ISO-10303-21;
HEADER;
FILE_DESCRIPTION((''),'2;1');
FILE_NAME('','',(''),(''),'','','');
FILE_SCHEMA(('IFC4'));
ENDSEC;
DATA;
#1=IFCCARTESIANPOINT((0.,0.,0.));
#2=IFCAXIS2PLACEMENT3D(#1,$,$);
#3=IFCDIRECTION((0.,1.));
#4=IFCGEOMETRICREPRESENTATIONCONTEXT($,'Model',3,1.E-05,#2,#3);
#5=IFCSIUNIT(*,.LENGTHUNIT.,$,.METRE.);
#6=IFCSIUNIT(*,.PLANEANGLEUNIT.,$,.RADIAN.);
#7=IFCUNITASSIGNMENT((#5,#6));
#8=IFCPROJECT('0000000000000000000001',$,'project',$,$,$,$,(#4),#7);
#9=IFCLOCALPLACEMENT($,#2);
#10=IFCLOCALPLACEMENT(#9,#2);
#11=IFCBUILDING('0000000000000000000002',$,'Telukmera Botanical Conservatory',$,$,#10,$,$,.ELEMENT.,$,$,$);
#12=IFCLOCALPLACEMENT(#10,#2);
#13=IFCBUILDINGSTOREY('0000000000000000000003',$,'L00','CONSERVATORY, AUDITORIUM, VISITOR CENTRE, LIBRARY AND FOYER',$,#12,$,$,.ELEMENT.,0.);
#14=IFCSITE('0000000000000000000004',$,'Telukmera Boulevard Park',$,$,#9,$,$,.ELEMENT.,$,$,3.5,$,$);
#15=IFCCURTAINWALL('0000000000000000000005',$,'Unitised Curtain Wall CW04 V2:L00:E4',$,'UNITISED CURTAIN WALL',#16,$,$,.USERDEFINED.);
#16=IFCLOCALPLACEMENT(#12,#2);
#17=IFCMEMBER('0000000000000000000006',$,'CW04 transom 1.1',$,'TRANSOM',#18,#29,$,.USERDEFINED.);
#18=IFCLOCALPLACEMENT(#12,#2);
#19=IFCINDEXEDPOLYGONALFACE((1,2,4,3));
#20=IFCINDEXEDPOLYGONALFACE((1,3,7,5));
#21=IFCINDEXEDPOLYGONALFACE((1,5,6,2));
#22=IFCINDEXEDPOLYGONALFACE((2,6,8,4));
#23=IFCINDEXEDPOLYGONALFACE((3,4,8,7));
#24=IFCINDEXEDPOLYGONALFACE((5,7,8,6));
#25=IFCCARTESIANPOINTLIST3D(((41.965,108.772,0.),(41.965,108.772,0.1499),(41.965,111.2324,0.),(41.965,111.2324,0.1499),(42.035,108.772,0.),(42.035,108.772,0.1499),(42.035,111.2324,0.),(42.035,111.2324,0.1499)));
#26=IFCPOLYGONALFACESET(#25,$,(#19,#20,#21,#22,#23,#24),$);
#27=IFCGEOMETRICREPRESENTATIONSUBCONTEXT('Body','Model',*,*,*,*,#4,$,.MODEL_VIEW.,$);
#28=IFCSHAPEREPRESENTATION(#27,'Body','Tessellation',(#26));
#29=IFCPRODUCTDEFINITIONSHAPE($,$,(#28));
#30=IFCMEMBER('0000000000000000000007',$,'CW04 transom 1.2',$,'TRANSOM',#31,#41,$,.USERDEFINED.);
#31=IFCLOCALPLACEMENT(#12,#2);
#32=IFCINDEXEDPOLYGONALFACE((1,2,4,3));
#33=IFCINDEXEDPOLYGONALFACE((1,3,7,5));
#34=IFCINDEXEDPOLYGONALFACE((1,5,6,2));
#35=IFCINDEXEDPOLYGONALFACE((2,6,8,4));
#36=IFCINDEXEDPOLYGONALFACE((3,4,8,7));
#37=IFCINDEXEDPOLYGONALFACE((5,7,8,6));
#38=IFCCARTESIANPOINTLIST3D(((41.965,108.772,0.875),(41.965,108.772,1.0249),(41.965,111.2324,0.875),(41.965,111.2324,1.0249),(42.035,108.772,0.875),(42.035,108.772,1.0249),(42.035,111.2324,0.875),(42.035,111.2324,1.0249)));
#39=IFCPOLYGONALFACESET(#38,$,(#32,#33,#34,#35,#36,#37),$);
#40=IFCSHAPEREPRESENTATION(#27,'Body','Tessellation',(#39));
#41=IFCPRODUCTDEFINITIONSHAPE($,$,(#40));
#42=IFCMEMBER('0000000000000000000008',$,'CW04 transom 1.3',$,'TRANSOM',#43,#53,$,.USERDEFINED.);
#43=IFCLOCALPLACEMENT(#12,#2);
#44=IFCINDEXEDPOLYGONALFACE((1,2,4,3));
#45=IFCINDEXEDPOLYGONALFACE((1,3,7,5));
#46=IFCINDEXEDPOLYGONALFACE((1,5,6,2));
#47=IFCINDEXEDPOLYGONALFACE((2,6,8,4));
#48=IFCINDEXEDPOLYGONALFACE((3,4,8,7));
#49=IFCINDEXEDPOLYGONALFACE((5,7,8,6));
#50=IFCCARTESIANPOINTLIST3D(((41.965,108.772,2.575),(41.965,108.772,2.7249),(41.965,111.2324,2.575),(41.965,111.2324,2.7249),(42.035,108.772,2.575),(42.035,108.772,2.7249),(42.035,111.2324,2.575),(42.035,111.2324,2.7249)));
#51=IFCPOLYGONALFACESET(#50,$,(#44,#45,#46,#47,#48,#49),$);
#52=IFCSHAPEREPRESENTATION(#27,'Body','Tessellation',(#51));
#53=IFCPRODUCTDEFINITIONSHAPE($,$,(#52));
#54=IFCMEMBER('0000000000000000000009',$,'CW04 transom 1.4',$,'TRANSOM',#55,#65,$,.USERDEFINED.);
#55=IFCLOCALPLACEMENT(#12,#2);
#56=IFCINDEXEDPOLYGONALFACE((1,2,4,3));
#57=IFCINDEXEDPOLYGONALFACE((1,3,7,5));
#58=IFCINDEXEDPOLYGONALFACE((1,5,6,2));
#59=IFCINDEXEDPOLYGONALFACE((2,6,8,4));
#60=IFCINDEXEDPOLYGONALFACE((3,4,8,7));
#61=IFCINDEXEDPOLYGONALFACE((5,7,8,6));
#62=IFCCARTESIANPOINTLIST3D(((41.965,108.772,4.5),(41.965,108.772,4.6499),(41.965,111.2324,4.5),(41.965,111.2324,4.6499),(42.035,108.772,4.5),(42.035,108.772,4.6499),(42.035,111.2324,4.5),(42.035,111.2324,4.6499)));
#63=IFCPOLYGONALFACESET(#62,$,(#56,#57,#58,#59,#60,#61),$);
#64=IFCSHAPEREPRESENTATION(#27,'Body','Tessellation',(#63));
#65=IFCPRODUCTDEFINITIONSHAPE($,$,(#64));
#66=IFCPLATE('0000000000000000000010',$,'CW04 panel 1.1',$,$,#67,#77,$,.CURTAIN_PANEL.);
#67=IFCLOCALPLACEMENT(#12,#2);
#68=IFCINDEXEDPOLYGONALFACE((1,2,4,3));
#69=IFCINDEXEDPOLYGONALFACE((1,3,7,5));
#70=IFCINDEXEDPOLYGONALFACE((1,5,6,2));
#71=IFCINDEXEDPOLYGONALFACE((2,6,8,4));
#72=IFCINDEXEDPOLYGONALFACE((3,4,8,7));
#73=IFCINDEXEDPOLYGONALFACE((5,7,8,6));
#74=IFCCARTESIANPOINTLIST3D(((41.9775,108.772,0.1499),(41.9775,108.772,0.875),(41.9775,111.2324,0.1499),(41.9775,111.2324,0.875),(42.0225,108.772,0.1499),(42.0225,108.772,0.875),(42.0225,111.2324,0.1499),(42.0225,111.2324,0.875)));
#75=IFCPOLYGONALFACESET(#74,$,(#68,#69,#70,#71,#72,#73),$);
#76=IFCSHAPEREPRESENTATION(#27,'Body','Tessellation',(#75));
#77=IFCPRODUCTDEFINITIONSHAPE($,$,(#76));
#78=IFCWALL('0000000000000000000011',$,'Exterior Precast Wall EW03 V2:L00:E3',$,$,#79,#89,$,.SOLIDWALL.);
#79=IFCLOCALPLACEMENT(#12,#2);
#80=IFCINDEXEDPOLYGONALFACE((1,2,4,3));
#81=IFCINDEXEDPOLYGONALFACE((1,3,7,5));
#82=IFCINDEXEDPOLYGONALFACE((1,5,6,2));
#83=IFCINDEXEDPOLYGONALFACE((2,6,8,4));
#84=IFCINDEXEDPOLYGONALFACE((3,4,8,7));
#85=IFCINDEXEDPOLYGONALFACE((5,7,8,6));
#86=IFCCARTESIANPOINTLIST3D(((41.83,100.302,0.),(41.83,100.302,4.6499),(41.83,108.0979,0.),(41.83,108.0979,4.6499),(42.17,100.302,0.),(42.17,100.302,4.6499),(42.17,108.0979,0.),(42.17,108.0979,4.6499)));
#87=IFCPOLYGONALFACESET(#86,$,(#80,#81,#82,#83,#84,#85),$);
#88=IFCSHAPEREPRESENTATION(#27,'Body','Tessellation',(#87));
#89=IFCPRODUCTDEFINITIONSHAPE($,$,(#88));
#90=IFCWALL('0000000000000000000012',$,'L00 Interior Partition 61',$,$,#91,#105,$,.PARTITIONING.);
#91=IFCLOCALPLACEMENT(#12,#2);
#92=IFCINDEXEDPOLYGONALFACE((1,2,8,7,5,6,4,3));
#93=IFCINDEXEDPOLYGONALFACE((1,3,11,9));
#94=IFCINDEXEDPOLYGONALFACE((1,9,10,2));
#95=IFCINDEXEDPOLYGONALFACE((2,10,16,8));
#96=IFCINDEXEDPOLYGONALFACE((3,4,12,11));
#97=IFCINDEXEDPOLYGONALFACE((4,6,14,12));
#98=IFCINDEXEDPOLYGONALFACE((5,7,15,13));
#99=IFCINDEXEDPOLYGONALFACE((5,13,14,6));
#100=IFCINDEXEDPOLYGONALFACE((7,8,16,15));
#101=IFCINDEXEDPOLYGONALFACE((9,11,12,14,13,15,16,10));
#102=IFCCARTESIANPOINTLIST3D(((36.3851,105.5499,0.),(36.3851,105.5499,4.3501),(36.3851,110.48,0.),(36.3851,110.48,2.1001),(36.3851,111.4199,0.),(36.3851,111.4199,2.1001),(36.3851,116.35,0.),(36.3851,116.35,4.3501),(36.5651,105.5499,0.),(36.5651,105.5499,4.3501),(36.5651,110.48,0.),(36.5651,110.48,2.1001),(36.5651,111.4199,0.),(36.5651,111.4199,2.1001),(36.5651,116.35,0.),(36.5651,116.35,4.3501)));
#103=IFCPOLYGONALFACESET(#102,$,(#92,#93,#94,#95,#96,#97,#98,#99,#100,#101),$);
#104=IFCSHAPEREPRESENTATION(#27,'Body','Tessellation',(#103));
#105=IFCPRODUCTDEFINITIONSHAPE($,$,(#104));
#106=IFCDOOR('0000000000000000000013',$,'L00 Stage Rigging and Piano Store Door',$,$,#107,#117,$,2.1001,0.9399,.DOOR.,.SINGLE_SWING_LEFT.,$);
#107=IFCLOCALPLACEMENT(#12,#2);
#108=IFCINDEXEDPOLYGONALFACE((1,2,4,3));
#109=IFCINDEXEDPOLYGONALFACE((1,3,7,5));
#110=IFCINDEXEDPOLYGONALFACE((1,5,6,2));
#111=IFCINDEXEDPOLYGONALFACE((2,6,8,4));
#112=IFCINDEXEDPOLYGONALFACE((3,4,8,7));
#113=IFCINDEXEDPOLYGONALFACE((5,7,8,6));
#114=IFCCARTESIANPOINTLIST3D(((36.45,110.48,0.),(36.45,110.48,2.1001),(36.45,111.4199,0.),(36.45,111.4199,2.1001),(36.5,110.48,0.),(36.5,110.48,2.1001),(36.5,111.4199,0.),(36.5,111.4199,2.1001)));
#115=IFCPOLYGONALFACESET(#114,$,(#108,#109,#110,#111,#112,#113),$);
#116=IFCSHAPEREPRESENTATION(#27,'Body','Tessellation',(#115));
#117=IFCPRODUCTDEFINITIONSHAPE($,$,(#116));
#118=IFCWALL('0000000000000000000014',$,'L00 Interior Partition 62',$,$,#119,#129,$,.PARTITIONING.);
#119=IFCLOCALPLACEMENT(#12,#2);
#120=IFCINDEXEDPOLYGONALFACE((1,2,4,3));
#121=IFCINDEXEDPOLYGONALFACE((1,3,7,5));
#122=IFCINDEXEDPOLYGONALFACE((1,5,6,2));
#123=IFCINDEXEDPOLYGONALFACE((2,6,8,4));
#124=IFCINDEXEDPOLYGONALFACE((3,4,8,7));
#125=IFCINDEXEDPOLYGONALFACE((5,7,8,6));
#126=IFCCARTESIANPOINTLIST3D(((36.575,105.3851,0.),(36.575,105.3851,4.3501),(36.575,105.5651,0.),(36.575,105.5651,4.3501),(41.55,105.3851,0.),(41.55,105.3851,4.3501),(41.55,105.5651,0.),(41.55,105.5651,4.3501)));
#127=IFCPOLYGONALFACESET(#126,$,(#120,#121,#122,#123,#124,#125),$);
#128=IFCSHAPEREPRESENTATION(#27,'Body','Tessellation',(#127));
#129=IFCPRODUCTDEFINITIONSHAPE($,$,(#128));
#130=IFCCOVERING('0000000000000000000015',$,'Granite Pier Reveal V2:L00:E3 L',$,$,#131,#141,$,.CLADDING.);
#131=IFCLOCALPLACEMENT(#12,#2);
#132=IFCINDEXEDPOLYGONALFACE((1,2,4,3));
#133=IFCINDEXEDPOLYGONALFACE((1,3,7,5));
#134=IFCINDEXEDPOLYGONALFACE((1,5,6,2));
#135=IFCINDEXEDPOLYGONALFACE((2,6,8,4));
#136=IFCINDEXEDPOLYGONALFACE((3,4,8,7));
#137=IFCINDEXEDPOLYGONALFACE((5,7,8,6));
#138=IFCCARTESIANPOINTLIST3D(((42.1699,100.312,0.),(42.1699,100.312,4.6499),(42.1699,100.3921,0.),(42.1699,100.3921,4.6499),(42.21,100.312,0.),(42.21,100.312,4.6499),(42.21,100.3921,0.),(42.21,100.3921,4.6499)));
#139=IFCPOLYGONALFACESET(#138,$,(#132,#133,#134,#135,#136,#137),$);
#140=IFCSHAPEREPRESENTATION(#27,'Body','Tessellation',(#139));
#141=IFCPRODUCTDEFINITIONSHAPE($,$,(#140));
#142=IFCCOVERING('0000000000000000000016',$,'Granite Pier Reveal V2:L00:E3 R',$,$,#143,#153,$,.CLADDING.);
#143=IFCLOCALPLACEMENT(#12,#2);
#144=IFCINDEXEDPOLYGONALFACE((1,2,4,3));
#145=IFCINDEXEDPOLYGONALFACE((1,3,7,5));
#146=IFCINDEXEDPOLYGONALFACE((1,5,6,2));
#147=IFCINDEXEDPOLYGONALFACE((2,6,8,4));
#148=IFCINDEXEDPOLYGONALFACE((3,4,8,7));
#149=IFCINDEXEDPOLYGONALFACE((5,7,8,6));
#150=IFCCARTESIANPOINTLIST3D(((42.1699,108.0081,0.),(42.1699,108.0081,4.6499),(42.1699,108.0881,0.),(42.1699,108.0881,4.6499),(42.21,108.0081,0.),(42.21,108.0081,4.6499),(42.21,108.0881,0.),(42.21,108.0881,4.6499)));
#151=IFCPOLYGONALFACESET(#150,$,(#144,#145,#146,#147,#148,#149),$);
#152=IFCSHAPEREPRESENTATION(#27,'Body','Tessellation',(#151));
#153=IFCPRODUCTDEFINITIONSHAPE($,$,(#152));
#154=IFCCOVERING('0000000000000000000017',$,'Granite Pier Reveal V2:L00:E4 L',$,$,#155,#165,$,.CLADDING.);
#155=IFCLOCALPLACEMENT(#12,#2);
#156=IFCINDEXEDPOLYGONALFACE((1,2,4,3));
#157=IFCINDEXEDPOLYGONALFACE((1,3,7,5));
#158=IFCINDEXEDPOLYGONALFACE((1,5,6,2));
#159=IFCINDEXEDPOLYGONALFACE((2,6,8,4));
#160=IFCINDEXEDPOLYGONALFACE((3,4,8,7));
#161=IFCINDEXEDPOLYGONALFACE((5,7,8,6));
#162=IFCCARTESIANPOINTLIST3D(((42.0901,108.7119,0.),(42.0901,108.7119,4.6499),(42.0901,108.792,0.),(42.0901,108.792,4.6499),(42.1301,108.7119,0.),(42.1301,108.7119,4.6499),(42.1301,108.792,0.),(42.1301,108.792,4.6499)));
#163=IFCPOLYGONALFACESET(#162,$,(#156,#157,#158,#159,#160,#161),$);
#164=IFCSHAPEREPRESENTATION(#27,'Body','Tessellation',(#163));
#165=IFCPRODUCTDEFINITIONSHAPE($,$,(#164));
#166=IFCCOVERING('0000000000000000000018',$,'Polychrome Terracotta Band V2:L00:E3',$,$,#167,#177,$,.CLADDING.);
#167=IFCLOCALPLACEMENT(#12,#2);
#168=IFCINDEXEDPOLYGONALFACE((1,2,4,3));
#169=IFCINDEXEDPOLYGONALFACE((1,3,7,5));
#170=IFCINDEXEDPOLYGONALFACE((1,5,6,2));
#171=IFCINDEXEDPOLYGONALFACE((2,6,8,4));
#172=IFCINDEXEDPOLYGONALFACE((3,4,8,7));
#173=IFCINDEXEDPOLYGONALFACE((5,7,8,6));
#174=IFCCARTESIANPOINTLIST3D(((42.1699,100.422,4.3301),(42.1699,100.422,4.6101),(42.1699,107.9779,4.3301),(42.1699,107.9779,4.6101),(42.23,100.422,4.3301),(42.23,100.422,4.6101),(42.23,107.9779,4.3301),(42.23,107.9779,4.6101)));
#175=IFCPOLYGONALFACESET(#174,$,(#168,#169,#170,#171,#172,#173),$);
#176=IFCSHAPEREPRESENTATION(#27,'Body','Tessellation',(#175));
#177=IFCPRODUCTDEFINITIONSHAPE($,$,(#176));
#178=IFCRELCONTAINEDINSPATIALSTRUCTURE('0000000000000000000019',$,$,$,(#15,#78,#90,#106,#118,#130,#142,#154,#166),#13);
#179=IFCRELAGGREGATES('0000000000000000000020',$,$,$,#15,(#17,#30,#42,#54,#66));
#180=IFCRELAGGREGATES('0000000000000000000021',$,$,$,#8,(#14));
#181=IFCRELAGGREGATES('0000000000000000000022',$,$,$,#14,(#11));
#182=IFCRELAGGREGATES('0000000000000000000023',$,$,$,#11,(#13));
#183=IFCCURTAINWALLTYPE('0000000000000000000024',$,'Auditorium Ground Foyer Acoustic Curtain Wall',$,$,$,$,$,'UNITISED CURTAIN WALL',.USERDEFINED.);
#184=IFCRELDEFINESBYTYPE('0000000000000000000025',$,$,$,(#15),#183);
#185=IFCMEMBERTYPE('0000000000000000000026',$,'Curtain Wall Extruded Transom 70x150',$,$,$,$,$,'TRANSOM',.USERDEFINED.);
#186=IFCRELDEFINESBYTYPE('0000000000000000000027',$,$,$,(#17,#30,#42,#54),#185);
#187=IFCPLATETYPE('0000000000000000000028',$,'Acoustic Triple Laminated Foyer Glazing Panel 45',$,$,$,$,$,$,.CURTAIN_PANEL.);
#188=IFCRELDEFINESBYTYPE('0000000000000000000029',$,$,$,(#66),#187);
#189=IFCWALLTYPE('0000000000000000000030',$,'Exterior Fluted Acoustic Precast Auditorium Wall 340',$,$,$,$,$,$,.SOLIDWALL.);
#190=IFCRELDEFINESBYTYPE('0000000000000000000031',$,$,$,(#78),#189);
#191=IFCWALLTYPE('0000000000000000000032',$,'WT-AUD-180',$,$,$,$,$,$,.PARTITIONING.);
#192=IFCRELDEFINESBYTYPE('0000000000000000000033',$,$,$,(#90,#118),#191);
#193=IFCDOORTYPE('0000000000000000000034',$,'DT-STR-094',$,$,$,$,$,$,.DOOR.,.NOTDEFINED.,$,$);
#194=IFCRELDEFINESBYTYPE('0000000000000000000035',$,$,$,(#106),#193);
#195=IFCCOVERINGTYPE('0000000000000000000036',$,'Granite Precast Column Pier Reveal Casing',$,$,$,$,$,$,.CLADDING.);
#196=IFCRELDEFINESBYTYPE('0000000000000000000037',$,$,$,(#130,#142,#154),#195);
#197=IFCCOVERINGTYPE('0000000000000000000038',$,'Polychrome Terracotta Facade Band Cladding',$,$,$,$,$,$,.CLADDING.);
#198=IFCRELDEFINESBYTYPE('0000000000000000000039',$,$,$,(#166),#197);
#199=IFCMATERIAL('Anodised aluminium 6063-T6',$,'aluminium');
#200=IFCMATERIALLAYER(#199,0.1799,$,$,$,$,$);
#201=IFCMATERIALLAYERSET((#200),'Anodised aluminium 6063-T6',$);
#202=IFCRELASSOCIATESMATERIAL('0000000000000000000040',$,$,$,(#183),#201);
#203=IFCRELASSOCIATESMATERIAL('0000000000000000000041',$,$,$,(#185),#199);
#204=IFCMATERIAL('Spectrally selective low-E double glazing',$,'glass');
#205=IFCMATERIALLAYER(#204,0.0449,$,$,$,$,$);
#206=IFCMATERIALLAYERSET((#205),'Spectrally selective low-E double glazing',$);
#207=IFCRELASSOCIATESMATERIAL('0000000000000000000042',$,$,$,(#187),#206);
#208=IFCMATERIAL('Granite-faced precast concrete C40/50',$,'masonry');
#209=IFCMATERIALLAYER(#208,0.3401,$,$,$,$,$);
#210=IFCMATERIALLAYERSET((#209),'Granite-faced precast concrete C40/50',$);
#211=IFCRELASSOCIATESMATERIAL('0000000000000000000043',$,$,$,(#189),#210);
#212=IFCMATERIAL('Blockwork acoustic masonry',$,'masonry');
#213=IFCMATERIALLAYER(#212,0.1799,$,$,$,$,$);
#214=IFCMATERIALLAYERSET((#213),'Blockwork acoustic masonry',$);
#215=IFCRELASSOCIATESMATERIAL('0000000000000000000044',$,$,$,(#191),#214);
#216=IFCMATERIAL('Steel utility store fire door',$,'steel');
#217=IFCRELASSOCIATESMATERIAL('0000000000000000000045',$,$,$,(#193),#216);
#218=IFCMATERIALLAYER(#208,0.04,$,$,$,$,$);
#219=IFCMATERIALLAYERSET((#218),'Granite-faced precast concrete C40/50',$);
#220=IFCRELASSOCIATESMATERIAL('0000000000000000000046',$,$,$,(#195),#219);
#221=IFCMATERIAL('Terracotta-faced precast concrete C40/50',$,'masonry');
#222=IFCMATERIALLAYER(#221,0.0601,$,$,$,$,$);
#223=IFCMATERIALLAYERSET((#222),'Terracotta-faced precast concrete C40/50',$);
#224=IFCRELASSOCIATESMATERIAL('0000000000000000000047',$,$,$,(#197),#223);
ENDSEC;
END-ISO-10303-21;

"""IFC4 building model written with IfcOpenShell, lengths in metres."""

from ifc_helpers import new_model, si_unit, direction, frame, frame_2d, origin, origin_2d, place, context, subcontext, project, spatial, rectangle, extrude, material, layer, layer_set, material_profile, profile_set, type_object, element, fill, aggregate, save


model = new_model("IFC4")

# Units and contexts
model_context = context("Model", 3, precision=1e-05, world=origin(), true_north=direction((0.0, 1.0)))
body_context = subcontext(model_context, "Body", "Model", "MODEL_VIEW")
ifc_project = project(units=[si_unit("LENGTHUNIT", "METRE"), si_unit("PLANEANGLEUNIT", "RADIAN")], contexts=[model_context])

# Site, building, storey
site_placement = place(None, origin())
site = spatial("IfcSite", under=ifc_project, at=site_placement, Name="Telukmera Boulevard Park", CompositionType="ELEMENT", RefElevation=3.5)
building_placement = place(site_placement, origin())
building = spatial("IfcBuilding", under=site, at=building_placement, Name="Telukmera Botanical Conservatory", CompositionType="ELEMENT")
storey_placement = place(building_placement, origin())
storey = spatial("IfcBuildingStorey", under=building, at=storey_placement, Name="L00", Description="CONSERVATORY, AUDITORIUM, VISITOR CENTRE, LIBRARY AND FOYER", CompositionType="ELEMENT", Elevation=0.0)

# Curtain wall, members, plate
ifc_material_1 = material(Name="Anodised aluminium 6063-T6", Category="aluminium")
ifc_layer_1 = layer(ifc_material_1, 0.1799)
ifc_layer_set_1 = layer_set([ifc_layer_1], Name="Anodised aluminium 6063-T6")
curtain_wall_type = type_object("IfcCurtainWallType", Name="Auditorium Ground Foyer Acoustic Curtain Wall", ElementType="UNITISED CURTAIN WALL", PredefinedType="USERDEFINED", material=ifc_layer_set_1)
curtain_wall_placement = place(storey_placement, origin())
curtain_wall = element("IfcCurtainWall", 1, at=curtain_wall_placement, inside=storey, type_object=curtain_wall_type, Name="Unitised Curtain Wall CW04 V2:L00:E4", ObjectType="UNITISED CURTAIN WALL", PredefinedType="USERDEFINED")
ifc_material_profile_1 = material_profile(ifc_material_1, rectangle(XDim=0.0701, YDim=0.1499, at=origin_2d()), Name="ALU TRAN 70x150")
ifc_profile_set_1 = profile_set([ifc_material_profile_1], Name="Anodised aluminium 6063-T6")
member_type_1 = type_object("IfcMemberType", Name="Curtain Wall Extruded Transom 70x150", ElementType="TRANSOM", PredefinedType="USERDEFINED", material=ifc_profile_set_1)
member_1_placement = place(storey_placement, frame((42.0, 108.772, 0.075), z_axis=(0.0, 1.0, 0.0), x_axis=(-1.0, 0.0, 0.0)))
member_1 = element("IfcMember", 2, at=member_1_placement, type_object=member_type_1, Name="CW04 transom 1.1", ObjectType="TRANSOM", PredefinedType="USERDEFINED", context=body_context, shape_type="SweptSolid", body=[
    extrude(rectangle(XDim=0.0701, YDim=0.1499, at=origin_2d()), origin(), (0.0, 0.0, 1.0), 2.4604),
])
member_2_placement = place(storey_placement, frame((42.0, 108.772, 0.95), z_axis=(0.0, 1.0, 0.0), x_axis=(-1.0, 0.0, 0.0)))
member_2 = element("IfcMember", 3, at=member_2_placement, type_object=member_type_1, Name="CW04 transom 1.2", ObjectType="TRANSOM", PredefinedType="USERDEFINED", context=body_context, shape_type="SweptSolid", body=[
    extrude(rectangle(XDim=0.0701, YDim=0.1499, at=origin_2d()), origin(), (0.0, 0.0, 1.0), 2.4604),
])
member_3_placement = place(storey_placement, frame((42.0, 108.772, 2.6499), z_axis=(0.0, 1.0, 0.0), x_axis=(-1.0, 0.0, 0.0)))
member_3 = element("IfcMember", 4, at=member_3_placement, type_object=member_type_1, Name="CW04 transom 1.3", ObjectType="TRANSOM", PredefinedType="USERDEFINED", context=body_context, shape_type="SweptSolid", body=[
    extrude(rectangle(XDim=0.0701, YDim=0.1499, at=origin_2d()), origin(), (0.0, 0.0, 1.0), 2.4604),
])
member_4_placement = place(storey_placement, frame((42.0, 108.772, 4.575), z_axis=(0.0, 1.0, 0.0), x_axis=(-1.0, 0.0, 0.0)))
member_4 = element("IfcMember", 5, at=member_4_placement, type_object=member_type_1, Name="CW04 transom 1.4", ObjectType="TRANSOM", PredefinedType="USERDEFINED", context=body_context, shape_type="SweptSolid", body=[
    extrude(rectangle(XDim=0.0701, YDim=0.1499, at=origin_2d()), origin(), (0.0, 0.0, 1.0), 2.4604),
])
ifc_material_2 = material(Name="Spectrally selective low-E double glazing", Category="glass")
ifc_layer_2 = layer(ifc_material_2, 0.0449)
ifc_layer_set_2 = layer_set([ifc_layer_2], Name="Spectrally selective low-E double glazing")
plate_type = type_object("IfcPlateType", Name="Acoustic Triple Laminated Foyer Glazing Panel 45", PredefinedType="CURTAIN_PANEL", material=ifc_layer_set_2)
plate_placement = place(storey_placement, frame((42.0, 110.0022, 0.1499), z_axis=(0.0, 0.0, 1.0), x_axis=(0.0, 1.0, 0.0)))
plate = element("IfcPlate", 6, at=plate_placement, type_object=plate_type, Name="CW04 panel 1.1", PredefinedType="CURTAIN_PANEL", context=body_context, shape_type="SweptSolid", body=[
    extrude(rectangle(XDim=2.4604, YDim=0.0449, at=origin_2d()), origin(), (0.0, 0.0, 1.0), 0.7251),
])
aggregate(curtain_wall, [member_1, member_2, member_3, member_4, plate])

# Wall
ifc_material_3 = material(Name="Granite-faced precast concrete C40/50", Category="masonry")
ifc_layer_3 = layer(ifc_material_3, 0.3401)
ifc_layer_set_3 = layer_set([ifc_layer_3], Name="Granite-faced precast concrete C40/50")
wall_type_1 = type_object("IfcWallType", Name="Exterior Fluted Acoustic Precast Auditorium Wall 340", PredefinedType="SOLIDWALL", material=ifc_layer_set_3)
wall_1_placement = place(storey_placement, frame((42.0, 100.302, 0.0), z_axis=(0.0, 0.0, 1.0), x_axis=(0.0, 1.0, 0.0)))
element("IfcWall", 7, at=wall_1_placement, inside=storey, type_object=wall_type_1, Name="Exterior Precast Wall EW03 V2:L00:E3", PredefinedType="SOLIDWALL", context=body_context, shape_type="SweptSolid", body=[
    extrude(rectangle(XDim=7.7959, YDim=0.3401, at=frame_2d((3.8979, 0.0))), origin(), (0.0, 0.0, 1.0), 4.6499),
])

# Wall, opening, door
ifc_material_4 = material(Name="Blockwork acoustic masonry", Category="masonry")
ifc_layer_4 = layer(ifc_material_4, 0.1799)
ifc_layer_set_4 = layer_set([ifc_layer_4], Name="Blockwork acoustic masonry")
wall_type_2 = type_object("IfcWallType", Name="WT-AUD-180", PredefinedType="PARTITIONING", material=ifc_layer_set_4)
wall_2_placement = place(storey_placement, frame((36.4751, 105.55, 0.0), z_axis=(0.0, 0.0, 1.0), x_axis=(0.0, 1.0, 0.0)))
wall_2 = element("IfcWall", 8, at=wall_2_placement, inside=storey, type_object=wall_type_2, Name="L00 Interior Partition 61", PredefinedType="PARTITIONING", context=body_context, shape_type="SweptSolid", body=[
    extrude(rectangle(XDim=10.8, YDim=0.1799, at=frame_2d((5.3999, 0.0))), origin(), (0.0, 0.0, 1.0), 4.3501),
])
opening_placement = place(wall_2_placement, frame((4.9299, 0.0, 0.0)))
opening = element("IfcOpeningElement", 9, at=opening_placement, cuts=wall_2, PredefinedType="OPENING", context=body_context, shape_type="SweptSolid", body=[
    extrude(rectangle(XDim=0.9399, YDim=2.1001, at=frame_2d((0.47, 1.05))), frame((0.0, 0.0999, 0.0), z_axis=(0.0, -1.0, 0.0), x_axis=(1.0, 0.0, 0.0)), (0.0, 0.0, 1.0), 0.2),
])
ifc_material_5 = material(Name="Steel utility store fire door", Category="steel")
door_type = type_object("IfcDoorType", Name="DT-STR-094", OperationType="NOTDEFINED", PredefinedType="DOOR", material=ifc_material_5)
door_placement = place(opening_placement, frame((0.9399, 0.0, 0.0), z_axis=(0.0, 0.0, 1.0), x_axis=(-1.0, 0.0, 0.0)))
door = element("IfcDoor", 10, at=door_placement, inside=storey, type_object=door_type, Name="L00 Stage Rigging and Piano Store Door", OperationType="SINGLE_SWING_LEFT", OverallHeight=2.1001, OverallWidth=0.9399, PredefinedType="DOOR", context=body_context, shape_type="SweptSolid", body=[
    extrude(rectangle(XDim=0.9399, YDim=2.1001, at=frame_2d((0.47, 1.05))), frame((0.0, 0.0249, 0.0), z_axis=(0.0, -1.0, 0.0), x_axis=(1.0, 0.0, 0.0)), (0.0, 0.0, 1.0), 0.05),
])
fill(opening, door)

# Wall
wall_3_placement = place(storey_placement, frame((36.575, 105.4751, 0.0), z_axis=(0.0, 0.0, 1.0), x_axis=(1.0, 0.0, 0.0)))
element("IfcWall", 11, at=wall_3_placement, inside=storey, type_object=wall_type_2, Name="L00 Interior Partition 62", PredefinedType="PARTITIONING", context=body_context, shape_type="SweptSolid", body=[
    extrude(rectangle(XDim=4.9751, YDim=0.1799, at=frame_2d((2.4875, 0.0))), origin(), (0.0, 0.0, 1.0), 4.3501),
])

# Coverings
ifc_layer_5 = layer(ifc_material_3, 0.04)
ifc_layer_set_5 = layer_set([ifc_layer_5], Name="Granite-faced precast concrete C40/50")
covering_type_1 = type_object("IfcCoveringType", Name="Granite Precast Column Pier Reveal Casing", PredefinedType="CLADDING", material=ifc_layer_set_5)
for number, where, z_axis, x_axis, name in (
    (12, (42.1899, 100.3521, 0.0), (0.0, 0.0, 1.0), (0.0, 1.0, 0.0), "Granite Pier Reveal V2:L00:E3 L"),
    (13, (42.1899, 108.0481, 0.0), (0.0, 0.0, 1.0), (0.0, 1.0, 0.0), "Granite Pier Reveal V2:L00:E3 R"),
    (14, (42.1101, 108.752, 0.0), (0.0, 0.0, 1.0), (0.0, 1.0, 0.0), "Granite Pier Reveal V2:L00:E4 L"),
):
    element("IfcCovering", number, at=place(storey_placement, frame(where, z_axis=z_axis, x_axis=x_axis)), inside=storey, type_object=covering_type_1, Name=name, PredefinedType="CLADDING", context=body_context, shape_type="SweptSolid", body=[
        extrude(rectangle(XDim=0.0801, YDim=0.04, at=origin_2d()), origin(), (0.0, 0.0, 1.0), 4.6499),
    ])
ifc_material_6 = material(Name="Terracotta-faced precast concrete C40/50", Category="masonry")
ifc_layer_6 = layer(ifc_material_6, 0.0601)
ifc_layer_set_6 = layer_set([ifc_layer_6], Name="Terracotta-faced precast concrete C40/50")
covering_type_2 = type_object("IfcCoveringType", Name="Polychrome Terracotta Facade Band Cladding", PredefinedType="CLADDING", material=ifc_layer_set_6)
covering_placement = place(storey_placement, frame((42.2, 104.2, 4.3301), z_axis=(0.0, 0.0, 1.0), x_axis=(0.0, 1.0, 0.0)))
element("IfcCovering", 15, at=covering_placement, inside=storey, type_object=covering_type_2, Name="Polychrome Terracotta Band V2:L00:E3", PredefinedType="CLADDING", context=body_context, shape_type="SweptSolid", body=[
    extrude(rectangle(XDim=7.5559, YDim=0.0601, at=origin_2d()), origin(), (0.0, 0.0, 1.0), 0.28),
])

save(model, "model.ifc")
